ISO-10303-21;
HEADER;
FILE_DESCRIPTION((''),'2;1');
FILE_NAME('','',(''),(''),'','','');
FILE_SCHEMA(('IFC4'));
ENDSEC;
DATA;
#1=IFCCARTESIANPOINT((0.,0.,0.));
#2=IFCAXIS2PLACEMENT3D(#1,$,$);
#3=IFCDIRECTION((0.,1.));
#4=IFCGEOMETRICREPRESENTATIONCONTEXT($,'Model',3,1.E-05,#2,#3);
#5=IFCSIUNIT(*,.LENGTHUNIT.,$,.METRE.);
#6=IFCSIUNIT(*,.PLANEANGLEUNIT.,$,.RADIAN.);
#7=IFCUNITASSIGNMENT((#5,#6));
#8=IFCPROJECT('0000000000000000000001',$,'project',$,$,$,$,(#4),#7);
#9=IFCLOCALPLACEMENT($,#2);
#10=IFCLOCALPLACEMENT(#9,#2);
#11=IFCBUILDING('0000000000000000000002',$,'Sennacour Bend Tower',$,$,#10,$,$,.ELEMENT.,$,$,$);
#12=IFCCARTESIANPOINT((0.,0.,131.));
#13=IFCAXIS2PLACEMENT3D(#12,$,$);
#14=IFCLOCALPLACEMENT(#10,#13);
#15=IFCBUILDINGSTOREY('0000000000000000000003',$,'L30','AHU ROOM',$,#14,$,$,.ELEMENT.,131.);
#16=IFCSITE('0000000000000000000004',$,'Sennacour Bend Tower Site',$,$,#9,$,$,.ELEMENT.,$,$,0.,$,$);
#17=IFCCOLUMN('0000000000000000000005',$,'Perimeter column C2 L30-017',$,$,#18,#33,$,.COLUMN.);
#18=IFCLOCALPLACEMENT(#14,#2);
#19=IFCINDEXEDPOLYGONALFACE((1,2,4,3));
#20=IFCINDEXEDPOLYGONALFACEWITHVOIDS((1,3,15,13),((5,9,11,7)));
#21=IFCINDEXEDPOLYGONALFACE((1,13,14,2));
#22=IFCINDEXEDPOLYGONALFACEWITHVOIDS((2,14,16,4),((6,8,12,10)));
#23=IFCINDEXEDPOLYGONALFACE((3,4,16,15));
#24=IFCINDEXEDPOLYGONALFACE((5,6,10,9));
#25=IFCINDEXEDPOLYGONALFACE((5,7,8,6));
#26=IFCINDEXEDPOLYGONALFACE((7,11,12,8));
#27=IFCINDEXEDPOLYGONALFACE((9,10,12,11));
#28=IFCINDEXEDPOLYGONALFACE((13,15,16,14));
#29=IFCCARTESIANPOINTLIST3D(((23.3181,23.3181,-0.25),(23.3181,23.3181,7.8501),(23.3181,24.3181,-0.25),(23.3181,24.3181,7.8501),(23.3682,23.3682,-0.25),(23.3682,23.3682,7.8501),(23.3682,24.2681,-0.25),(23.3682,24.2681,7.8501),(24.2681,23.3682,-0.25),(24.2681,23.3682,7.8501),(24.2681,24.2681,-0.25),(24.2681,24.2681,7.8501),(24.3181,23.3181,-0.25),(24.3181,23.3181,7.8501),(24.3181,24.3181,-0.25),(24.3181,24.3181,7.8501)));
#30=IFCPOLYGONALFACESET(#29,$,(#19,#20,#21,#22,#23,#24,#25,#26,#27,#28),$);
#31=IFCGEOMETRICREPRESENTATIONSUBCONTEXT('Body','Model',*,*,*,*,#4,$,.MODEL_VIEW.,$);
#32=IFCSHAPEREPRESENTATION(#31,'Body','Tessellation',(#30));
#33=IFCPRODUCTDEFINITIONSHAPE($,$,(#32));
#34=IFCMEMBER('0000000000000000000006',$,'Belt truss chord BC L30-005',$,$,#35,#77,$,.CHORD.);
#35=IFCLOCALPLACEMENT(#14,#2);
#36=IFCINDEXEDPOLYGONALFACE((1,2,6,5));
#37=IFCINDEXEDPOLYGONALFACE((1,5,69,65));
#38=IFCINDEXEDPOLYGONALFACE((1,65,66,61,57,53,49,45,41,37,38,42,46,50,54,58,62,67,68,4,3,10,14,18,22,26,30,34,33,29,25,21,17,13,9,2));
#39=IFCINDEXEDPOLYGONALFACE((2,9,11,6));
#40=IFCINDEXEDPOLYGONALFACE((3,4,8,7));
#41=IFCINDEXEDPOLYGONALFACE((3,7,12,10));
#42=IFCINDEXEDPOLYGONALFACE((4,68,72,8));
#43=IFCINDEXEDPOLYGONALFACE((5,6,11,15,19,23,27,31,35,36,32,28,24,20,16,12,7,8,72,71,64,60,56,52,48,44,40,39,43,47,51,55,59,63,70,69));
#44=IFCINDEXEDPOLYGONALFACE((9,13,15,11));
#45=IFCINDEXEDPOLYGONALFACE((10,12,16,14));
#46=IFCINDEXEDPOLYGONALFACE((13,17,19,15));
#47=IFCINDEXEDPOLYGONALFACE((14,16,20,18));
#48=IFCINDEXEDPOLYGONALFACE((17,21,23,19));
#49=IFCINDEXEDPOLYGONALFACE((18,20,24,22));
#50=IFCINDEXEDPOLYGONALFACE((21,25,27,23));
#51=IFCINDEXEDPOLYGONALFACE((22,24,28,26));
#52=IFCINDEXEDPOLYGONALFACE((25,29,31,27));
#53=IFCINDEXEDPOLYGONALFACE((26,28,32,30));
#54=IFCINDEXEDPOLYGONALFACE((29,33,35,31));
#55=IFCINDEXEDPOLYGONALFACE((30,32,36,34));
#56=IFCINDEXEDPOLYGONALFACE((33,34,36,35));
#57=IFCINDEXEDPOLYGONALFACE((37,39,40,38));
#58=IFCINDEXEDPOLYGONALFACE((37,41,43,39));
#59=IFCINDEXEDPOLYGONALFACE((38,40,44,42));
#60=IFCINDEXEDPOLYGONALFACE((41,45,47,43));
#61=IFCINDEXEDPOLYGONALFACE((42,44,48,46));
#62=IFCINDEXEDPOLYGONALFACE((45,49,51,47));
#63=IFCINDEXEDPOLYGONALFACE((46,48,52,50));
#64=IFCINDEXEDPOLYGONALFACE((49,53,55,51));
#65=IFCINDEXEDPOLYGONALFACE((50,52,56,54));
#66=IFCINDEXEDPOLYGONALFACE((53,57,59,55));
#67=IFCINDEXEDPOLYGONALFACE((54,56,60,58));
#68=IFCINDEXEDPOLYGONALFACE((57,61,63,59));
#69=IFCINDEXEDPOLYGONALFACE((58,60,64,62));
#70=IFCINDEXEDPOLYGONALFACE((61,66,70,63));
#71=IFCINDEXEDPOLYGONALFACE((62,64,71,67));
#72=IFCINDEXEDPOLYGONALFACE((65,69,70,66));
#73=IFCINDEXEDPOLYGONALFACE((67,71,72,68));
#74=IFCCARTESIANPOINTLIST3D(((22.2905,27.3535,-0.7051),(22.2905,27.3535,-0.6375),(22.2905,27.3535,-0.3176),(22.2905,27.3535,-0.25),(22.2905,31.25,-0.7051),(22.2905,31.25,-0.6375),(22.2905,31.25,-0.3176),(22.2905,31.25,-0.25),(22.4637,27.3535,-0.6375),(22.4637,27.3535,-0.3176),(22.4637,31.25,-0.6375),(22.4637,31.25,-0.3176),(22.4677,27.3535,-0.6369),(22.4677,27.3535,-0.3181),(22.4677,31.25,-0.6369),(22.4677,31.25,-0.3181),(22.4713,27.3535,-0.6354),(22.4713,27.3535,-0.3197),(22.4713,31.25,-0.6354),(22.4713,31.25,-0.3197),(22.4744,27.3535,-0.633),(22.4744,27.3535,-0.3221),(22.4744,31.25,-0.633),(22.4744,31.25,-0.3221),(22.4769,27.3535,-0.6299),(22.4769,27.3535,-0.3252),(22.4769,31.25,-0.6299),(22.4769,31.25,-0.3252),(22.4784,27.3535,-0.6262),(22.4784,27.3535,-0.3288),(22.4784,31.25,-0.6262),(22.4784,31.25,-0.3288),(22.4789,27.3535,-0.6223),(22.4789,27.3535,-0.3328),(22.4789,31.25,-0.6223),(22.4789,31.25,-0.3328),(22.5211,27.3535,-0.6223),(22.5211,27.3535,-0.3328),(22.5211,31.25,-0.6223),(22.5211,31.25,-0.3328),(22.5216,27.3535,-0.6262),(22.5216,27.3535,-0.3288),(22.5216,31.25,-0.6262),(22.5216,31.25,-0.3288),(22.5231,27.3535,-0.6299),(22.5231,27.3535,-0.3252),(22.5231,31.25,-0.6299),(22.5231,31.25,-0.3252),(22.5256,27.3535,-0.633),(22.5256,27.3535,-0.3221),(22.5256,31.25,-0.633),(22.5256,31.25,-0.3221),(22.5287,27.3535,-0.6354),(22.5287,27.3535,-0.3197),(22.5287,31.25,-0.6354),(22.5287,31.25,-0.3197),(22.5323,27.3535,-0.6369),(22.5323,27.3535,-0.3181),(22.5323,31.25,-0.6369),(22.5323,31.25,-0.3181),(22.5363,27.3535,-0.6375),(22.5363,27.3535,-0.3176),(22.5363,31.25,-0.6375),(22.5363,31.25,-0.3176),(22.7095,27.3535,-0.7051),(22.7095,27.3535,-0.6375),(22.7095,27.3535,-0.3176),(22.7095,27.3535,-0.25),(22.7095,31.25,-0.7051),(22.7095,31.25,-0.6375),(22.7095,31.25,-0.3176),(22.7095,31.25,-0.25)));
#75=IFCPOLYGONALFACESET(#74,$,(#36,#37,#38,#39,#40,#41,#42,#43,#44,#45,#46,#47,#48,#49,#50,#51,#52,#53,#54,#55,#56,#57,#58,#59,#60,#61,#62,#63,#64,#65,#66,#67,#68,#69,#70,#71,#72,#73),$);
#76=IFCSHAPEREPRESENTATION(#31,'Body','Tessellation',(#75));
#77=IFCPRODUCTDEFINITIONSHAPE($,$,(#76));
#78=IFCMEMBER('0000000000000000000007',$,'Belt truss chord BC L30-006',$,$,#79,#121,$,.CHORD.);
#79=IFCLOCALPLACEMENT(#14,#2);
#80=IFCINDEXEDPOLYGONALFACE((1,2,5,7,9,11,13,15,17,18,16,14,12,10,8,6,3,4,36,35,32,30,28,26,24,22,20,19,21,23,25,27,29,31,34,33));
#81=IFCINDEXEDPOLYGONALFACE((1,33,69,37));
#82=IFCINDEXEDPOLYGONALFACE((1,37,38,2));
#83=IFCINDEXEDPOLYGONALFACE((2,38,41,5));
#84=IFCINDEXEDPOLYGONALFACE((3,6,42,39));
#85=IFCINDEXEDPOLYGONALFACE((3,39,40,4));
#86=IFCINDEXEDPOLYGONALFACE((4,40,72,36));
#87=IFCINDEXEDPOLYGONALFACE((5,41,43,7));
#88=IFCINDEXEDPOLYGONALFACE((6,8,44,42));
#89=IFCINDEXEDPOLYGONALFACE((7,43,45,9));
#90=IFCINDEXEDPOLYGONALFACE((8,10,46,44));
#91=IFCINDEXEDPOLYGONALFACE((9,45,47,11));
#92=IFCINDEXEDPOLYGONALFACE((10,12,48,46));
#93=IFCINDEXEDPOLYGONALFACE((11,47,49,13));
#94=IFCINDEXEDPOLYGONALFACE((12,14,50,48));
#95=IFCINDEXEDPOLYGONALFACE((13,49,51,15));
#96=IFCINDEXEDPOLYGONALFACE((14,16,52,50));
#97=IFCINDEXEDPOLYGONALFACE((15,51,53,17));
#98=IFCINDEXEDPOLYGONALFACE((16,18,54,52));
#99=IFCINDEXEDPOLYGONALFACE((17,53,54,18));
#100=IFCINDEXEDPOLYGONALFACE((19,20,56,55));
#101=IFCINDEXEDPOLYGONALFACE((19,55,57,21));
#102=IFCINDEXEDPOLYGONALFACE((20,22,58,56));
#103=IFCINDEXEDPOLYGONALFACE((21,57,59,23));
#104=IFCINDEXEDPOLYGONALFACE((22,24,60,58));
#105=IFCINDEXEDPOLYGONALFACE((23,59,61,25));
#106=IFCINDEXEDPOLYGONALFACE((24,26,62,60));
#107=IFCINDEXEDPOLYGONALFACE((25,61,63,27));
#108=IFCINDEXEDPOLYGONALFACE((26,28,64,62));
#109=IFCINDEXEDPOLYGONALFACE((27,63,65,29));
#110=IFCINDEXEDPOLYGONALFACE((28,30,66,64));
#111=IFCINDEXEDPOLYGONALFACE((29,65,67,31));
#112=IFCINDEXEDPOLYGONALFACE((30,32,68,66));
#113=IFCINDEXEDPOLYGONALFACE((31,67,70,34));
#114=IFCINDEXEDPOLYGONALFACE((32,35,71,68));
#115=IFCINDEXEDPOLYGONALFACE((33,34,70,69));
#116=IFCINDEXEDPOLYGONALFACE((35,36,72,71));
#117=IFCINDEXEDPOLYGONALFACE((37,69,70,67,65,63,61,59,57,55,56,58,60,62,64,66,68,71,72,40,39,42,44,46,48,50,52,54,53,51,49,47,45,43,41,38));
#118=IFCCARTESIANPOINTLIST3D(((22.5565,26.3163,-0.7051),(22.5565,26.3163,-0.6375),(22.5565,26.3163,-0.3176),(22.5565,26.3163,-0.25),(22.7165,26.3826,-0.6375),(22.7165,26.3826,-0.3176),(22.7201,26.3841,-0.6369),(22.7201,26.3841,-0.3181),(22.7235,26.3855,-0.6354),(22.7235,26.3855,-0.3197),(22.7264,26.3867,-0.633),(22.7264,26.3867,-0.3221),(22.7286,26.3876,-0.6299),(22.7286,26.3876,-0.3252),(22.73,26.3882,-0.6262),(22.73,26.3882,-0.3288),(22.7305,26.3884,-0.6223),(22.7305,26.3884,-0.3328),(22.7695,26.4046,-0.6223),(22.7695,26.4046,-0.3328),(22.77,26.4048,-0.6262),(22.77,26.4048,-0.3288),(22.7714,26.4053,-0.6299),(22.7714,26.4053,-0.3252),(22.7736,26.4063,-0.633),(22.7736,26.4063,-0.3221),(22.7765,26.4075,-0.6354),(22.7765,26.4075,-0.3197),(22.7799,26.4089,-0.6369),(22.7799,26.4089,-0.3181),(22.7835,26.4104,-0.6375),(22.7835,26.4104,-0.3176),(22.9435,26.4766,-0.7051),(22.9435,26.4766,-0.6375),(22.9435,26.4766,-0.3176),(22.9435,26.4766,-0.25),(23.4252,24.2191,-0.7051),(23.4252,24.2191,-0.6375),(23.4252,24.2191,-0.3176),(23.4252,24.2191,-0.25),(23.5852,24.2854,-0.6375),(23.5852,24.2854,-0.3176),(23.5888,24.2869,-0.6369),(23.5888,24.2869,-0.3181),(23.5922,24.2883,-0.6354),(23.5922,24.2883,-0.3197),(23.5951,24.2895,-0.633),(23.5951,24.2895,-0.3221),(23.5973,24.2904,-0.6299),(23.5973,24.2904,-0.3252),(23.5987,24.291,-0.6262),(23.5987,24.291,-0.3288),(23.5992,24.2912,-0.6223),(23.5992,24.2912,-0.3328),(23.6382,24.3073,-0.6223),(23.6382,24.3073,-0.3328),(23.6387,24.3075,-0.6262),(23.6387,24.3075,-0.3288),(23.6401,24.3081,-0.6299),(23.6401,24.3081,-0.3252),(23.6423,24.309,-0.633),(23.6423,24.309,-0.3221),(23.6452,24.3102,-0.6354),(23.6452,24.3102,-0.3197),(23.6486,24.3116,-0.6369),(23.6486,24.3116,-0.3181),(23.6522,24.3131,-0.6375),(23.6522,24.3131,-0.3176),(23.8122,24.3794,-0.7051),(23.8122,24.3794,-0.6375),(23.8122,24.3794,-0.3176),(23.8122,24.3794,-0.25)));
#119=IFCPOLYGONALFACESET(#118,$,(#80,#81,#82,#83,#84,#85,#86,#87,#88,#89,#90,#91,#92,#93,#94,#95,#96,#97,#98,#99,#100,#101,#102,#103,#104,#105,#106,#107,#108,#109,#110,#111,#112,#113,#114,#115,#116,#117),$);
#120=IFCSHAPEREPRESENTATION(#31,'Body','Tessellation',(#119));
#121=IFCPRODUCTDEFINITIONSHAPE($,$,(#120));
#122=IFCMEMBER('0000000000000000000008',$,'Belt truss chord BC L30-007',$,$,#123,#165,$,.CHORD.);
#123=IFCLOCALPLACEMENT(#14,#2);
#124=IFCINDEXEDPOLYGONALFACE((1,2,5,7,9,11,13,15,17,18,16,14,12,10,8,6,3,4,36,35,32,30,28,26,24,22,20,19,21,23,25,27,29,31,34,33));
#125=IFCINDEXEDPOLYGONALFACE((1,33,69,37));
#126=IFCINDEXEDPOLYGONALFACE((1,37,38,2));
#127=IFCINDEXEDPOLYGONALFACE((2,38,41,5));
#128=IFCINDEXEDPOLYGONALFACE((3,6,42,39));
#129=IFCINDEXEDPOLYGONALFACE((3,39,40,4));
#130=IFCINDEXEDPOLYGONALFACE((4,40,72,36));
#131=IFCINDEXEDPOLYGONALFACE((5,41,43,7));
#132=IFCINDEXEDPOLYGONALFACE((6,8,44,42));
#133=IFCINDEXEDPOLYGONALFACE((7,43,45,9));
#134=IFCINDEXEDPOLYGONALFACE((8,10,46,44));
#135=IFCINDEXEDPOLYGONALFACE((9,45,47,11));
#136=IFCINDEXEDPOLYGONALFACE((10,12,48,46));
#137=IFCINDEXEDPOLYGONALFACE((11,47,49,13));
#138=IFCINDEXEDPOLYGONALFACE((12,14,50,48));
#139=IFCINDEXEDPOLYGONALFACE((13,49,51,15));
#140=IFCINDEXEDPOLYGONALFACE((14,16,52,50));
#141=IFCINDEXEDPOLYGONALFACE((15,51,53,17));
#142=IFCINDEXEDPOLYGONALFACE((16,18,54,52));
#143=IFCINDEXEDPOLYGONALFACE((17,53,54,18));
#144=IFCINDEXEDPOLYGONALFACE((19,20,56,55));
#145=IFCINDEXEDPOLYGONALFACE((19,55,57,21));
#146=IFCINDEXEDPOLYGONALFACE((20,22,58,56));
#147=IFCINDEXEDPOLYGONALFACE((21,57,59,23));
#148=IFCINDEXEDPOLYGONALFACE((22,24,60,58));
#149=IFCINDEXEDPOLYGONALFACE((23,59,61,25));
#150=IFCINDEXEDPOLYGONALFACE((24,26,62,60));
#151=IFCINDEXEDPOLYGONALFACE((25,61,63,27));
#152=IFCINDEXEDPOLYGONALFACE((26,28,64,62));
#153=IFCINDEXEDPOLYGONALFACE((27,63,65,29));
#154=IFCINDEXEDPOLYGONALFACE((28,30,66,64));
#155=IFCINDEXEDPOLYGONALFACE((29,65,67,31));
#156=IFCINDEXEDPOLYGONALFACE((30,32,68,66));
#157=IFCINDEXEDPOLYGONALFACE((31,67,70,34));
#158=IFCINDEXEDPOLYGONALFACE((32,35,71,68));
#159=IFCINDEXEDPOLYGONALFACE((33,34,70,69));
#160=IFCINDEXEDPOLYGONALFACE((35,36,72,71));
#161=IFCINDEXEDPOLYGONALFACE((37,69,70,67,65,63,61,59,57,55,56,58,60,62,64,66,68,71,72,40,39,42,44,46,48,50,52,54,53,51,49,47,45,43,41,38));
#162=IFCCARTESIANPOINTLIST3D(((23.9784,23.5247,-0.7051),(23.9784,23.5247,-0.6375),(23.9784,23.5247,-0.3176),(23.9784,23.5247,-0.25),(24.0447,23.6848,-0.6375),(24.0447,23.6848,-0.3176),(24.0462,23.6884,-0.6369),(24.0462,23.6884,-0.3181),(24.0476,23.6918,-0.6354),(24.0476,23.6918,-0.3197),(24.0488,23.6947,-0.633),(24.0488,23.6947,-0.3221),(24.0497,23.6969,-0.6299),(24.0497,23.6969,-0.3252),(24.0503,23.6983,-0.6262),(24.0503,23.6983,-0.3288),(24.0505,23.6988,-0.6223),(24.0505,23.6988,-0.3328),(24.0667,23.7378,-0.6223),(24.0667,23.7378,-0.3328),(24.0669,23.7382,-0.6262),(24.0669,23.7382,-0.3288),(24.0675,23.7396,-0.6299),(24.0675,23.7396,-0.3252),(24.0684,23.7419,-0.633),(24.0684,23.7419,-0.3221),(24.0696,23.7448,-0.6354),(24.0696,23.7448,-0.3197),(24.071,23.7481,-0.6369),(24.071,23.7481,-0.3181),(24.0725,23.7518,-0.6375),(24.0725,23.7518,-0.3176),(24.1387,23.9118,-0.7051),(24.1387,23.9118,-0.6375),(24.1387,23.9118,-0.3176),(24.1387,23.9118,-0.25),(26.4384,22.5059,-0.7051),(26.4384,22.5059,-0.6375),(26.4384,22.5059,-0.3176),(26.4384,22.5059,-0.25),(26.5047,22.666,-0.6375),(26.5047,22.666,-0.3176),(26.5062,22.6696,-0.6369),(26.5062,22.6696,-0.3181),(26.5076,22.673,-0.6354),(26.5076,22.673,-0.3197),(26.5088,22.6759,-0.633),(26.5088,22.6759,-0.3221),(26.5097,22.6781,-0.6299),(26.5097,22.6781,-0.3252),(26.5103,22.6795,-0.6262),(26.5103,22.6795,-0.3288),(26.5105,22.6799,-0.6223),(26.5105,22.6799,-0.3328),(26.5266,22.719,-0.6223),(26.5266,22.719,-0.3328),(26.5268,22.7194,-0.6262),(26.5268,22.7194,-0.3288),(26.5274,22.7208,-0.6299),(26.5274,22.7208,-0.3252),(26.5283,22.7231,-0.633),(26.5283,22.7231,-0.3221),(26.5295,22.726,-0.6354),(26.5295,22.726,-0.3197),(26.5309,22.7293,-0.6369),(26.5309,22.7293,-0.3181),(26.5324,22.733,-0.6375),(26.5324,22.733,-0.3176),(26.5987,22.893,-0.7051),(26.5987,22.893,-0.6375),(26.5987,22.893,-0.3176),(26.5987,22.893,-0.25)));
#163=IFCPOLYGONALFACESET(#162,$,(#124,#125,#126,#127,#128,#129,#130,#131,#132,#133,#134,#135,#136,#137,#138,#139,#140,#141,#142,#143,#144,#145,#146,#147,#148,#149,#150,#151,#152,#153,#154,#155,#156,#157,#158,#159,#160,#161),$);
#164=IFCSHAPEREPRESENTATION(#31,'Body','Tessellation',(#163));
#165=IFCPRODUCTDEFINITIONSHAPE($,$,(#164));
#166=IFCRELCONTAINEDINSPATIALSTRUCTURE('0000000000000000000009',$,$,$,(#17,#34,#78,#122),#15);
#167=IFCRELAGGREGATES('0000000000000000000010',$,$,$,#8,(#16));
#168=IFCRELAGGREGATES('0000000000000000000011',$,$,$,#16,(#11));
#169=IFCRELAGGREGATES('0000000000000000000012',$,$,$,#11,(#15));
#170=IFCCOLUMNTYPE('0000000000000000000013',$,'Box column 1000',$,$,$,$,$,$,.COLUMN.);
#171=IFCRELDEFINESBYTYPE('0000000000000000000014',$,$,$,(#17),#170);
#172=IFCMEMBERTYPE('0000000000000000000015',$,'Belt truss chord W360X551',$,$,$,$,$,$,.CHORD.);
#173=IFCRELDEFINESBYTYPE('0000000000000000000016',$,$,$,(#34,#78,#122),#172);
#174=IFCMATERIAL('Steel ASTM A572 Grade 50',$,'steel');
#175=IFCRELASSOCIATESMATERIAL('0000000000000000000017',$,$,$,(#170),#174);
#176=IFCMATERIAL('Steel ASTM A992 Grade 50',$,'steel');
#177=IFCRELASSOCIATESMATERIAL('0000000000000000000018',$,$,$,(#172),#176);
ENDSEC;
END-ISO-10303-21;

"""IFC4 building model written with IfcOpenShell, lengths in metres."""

from ifc_helpers import new_model, si_unit, direction, frame, origin, origin_2d, place, context, subcontext, project, spatial, hollow_rectangle, i_section, extrude, material, material_profile, profile_set, type_object, element, save


model = new_model("IFC4")

# Units and contexts
model_context = context("Model", 3, precision=1e-05, world=origin(), true_north=direction((0.0, 1.0)))
body_context = subcontext(model_context, "Body", "Model", "MODEL_VIEW")
ifc_project = project(units=[si_unit("LENGTHUNIT", "METRE"), si_unit("PLANEANGLEUNIT", "RADIAN")], contexts=[model_context])

# Site, building, storey
site_placement = place(None, origin())
site = spatial("IfcSite", under=ifc_project, at=site_placement, Name="Sennacour Bend Tower Site", CompositionType="ELEMENT", RefElevation=0.0)
building_placement = place(site_placement, origin())
building = spatial("IfcBuilding", under=site, at=building_placement, Name="Sennacour Bend Tower", CompositionType="ELEMENT")
storey_placement = place(building_placement, frame((0.0, 0.0, 131.0)))
storey = spatial("IfcBuildingStorey", under=building, at=storey_placement, Name="L30", Description="AHU ROOM", CompositionType="ELEMENT", Elevation=131.0)

# Column
ifc_material_1 = material(Name="Steel ASTM A572 Grade 50", Category="steel")
ifc_material_profile_1 = material_profile(ifc_material_1, hollow_rectangle(XDim=1.0, YDim=1.0, WallThickness=0.05, at=origin_2d()), Name="Steel ASTM A572 Grade 50", Category="steel")
ifc_profile_set_1 = profile_set([ifc_material_profile_1], Name="Steel ASTM A572 Grade 50")
column_type = type_object("IfcColumnType", Name="Box column 1000", PredefinedType="COLUMN", material=ifc_profile_set_1)
column_placement = place(storey_placement, frame((23.8181, 23.8181, -0.25), z_axis=(0.0, 0.0, 1.0), x_axis=(1.0, 0.0, 0.0)))
element("IfcColumn", 1, at=column_placement, inside=storey, type_object=column_type, Name="Perimeter column C2 L30-017", PredefinedType="COLUMN", context=body_context, shape_type="SweptSolid", body=[
    extrude(hollow_rectangle(XDim=1.0, YDim=1.0, WallThickness=0.05, at=origin_2d()), origin(), (0.0, 0.0, 1.0), 8.1001),
])

# Members
ifc_material_2 = material(Name="Steel ASTM A992 Grade 50", Category="steel")
ifc_material_profile_2 = material_profile(ifc_material_2, i_section(OverallWidth=0.4189, OverallDepth=0.4551, WebThickness=0.0422, FlangeThickness=0.0676, FilletRadius=0.0151, at=origin_2d()), Name="Steel ASTM A992 Grade 50", Category="steel")
ifc_profile_set_2 = profile_set([ifc_material_profile_2], Name="Steel ASTM A992 Grade 50")
member_type_1 = type_object("IfcMemberType", Name="Belt truss chord W360X551", PredefinedType="CHORD", material=ifc_profile_set_2)
member_1_placement = place(storey_placement, frame((22.5, 31.25, -0.4775), z_axis=(0.0, -1.0, 0.0), x_axis=(1.0, 0.0, 0.0)))
element("IfcMember", 2, at=member_1_placement, inside=storey, type_object=member_type_1, Name="Belt truss chord BC L30-005", PredefinedType="CHORD", context=body_context, shape_type="SweptSolid", body=[
    extrude(i_section(OverallWidth=0.4189, OverallDepth=0.4551, WebThickness=0.0422, FlangeThickness=0.0676, FilletRadius=0.0151, at=origin_2d()), origin(), (0.0, 0.0, 1.0), 3.8965),
])
member_2_placement = place(storey_placement, frame((22.75, 26.3965, -0.4775), z_axis=(0.382675, -0.923883, 0.0), x_axis=(0.923883, 0.382675, 0.0)))
element("IfcMember", 3, at=member_2_placement, inside=storey, type_object=member_type_1, Name="Belt truss chord BC L30-006", PredefinedType="CHORD", context=body_context, shape_type="SweptSolid", body=[
    extrude(i_section(OverallWidth=0.4189, OverallDepth=0.4551, WebThickness=0.0422, FlangeThickness=0.0676, FilletRadius=0.0151, at=origin_2d()), origin(), (0.0, 0.0, 1.0), 2.27),
])
member_3_placement = place(storey_placement, frame((24.0586, 23.7183, -0.4775), z_axis=(0.923899, -0.382635, 0.0), x_axis=(0.382635, 0.923899, 0.0)))
element("IfcMember", 4, at=member_3_placement, inside=storey, type_object=member_type_1, Name="Belt truss chord BC L30-007", PredefinedType="CHORD", context=body_context, shape_type="SweptSolid", body=[
    extrude(i_section(OverallWidth=0.4189, OverallDepth=0.4551, WebThickness=0.0422, FlangeThickness=0.0676, FilletRadius=0.0151, at=origin_2d()), origin(), (0.0, 0.0, 1.0), 2.6626),
])

save(model, "model.ifc")
